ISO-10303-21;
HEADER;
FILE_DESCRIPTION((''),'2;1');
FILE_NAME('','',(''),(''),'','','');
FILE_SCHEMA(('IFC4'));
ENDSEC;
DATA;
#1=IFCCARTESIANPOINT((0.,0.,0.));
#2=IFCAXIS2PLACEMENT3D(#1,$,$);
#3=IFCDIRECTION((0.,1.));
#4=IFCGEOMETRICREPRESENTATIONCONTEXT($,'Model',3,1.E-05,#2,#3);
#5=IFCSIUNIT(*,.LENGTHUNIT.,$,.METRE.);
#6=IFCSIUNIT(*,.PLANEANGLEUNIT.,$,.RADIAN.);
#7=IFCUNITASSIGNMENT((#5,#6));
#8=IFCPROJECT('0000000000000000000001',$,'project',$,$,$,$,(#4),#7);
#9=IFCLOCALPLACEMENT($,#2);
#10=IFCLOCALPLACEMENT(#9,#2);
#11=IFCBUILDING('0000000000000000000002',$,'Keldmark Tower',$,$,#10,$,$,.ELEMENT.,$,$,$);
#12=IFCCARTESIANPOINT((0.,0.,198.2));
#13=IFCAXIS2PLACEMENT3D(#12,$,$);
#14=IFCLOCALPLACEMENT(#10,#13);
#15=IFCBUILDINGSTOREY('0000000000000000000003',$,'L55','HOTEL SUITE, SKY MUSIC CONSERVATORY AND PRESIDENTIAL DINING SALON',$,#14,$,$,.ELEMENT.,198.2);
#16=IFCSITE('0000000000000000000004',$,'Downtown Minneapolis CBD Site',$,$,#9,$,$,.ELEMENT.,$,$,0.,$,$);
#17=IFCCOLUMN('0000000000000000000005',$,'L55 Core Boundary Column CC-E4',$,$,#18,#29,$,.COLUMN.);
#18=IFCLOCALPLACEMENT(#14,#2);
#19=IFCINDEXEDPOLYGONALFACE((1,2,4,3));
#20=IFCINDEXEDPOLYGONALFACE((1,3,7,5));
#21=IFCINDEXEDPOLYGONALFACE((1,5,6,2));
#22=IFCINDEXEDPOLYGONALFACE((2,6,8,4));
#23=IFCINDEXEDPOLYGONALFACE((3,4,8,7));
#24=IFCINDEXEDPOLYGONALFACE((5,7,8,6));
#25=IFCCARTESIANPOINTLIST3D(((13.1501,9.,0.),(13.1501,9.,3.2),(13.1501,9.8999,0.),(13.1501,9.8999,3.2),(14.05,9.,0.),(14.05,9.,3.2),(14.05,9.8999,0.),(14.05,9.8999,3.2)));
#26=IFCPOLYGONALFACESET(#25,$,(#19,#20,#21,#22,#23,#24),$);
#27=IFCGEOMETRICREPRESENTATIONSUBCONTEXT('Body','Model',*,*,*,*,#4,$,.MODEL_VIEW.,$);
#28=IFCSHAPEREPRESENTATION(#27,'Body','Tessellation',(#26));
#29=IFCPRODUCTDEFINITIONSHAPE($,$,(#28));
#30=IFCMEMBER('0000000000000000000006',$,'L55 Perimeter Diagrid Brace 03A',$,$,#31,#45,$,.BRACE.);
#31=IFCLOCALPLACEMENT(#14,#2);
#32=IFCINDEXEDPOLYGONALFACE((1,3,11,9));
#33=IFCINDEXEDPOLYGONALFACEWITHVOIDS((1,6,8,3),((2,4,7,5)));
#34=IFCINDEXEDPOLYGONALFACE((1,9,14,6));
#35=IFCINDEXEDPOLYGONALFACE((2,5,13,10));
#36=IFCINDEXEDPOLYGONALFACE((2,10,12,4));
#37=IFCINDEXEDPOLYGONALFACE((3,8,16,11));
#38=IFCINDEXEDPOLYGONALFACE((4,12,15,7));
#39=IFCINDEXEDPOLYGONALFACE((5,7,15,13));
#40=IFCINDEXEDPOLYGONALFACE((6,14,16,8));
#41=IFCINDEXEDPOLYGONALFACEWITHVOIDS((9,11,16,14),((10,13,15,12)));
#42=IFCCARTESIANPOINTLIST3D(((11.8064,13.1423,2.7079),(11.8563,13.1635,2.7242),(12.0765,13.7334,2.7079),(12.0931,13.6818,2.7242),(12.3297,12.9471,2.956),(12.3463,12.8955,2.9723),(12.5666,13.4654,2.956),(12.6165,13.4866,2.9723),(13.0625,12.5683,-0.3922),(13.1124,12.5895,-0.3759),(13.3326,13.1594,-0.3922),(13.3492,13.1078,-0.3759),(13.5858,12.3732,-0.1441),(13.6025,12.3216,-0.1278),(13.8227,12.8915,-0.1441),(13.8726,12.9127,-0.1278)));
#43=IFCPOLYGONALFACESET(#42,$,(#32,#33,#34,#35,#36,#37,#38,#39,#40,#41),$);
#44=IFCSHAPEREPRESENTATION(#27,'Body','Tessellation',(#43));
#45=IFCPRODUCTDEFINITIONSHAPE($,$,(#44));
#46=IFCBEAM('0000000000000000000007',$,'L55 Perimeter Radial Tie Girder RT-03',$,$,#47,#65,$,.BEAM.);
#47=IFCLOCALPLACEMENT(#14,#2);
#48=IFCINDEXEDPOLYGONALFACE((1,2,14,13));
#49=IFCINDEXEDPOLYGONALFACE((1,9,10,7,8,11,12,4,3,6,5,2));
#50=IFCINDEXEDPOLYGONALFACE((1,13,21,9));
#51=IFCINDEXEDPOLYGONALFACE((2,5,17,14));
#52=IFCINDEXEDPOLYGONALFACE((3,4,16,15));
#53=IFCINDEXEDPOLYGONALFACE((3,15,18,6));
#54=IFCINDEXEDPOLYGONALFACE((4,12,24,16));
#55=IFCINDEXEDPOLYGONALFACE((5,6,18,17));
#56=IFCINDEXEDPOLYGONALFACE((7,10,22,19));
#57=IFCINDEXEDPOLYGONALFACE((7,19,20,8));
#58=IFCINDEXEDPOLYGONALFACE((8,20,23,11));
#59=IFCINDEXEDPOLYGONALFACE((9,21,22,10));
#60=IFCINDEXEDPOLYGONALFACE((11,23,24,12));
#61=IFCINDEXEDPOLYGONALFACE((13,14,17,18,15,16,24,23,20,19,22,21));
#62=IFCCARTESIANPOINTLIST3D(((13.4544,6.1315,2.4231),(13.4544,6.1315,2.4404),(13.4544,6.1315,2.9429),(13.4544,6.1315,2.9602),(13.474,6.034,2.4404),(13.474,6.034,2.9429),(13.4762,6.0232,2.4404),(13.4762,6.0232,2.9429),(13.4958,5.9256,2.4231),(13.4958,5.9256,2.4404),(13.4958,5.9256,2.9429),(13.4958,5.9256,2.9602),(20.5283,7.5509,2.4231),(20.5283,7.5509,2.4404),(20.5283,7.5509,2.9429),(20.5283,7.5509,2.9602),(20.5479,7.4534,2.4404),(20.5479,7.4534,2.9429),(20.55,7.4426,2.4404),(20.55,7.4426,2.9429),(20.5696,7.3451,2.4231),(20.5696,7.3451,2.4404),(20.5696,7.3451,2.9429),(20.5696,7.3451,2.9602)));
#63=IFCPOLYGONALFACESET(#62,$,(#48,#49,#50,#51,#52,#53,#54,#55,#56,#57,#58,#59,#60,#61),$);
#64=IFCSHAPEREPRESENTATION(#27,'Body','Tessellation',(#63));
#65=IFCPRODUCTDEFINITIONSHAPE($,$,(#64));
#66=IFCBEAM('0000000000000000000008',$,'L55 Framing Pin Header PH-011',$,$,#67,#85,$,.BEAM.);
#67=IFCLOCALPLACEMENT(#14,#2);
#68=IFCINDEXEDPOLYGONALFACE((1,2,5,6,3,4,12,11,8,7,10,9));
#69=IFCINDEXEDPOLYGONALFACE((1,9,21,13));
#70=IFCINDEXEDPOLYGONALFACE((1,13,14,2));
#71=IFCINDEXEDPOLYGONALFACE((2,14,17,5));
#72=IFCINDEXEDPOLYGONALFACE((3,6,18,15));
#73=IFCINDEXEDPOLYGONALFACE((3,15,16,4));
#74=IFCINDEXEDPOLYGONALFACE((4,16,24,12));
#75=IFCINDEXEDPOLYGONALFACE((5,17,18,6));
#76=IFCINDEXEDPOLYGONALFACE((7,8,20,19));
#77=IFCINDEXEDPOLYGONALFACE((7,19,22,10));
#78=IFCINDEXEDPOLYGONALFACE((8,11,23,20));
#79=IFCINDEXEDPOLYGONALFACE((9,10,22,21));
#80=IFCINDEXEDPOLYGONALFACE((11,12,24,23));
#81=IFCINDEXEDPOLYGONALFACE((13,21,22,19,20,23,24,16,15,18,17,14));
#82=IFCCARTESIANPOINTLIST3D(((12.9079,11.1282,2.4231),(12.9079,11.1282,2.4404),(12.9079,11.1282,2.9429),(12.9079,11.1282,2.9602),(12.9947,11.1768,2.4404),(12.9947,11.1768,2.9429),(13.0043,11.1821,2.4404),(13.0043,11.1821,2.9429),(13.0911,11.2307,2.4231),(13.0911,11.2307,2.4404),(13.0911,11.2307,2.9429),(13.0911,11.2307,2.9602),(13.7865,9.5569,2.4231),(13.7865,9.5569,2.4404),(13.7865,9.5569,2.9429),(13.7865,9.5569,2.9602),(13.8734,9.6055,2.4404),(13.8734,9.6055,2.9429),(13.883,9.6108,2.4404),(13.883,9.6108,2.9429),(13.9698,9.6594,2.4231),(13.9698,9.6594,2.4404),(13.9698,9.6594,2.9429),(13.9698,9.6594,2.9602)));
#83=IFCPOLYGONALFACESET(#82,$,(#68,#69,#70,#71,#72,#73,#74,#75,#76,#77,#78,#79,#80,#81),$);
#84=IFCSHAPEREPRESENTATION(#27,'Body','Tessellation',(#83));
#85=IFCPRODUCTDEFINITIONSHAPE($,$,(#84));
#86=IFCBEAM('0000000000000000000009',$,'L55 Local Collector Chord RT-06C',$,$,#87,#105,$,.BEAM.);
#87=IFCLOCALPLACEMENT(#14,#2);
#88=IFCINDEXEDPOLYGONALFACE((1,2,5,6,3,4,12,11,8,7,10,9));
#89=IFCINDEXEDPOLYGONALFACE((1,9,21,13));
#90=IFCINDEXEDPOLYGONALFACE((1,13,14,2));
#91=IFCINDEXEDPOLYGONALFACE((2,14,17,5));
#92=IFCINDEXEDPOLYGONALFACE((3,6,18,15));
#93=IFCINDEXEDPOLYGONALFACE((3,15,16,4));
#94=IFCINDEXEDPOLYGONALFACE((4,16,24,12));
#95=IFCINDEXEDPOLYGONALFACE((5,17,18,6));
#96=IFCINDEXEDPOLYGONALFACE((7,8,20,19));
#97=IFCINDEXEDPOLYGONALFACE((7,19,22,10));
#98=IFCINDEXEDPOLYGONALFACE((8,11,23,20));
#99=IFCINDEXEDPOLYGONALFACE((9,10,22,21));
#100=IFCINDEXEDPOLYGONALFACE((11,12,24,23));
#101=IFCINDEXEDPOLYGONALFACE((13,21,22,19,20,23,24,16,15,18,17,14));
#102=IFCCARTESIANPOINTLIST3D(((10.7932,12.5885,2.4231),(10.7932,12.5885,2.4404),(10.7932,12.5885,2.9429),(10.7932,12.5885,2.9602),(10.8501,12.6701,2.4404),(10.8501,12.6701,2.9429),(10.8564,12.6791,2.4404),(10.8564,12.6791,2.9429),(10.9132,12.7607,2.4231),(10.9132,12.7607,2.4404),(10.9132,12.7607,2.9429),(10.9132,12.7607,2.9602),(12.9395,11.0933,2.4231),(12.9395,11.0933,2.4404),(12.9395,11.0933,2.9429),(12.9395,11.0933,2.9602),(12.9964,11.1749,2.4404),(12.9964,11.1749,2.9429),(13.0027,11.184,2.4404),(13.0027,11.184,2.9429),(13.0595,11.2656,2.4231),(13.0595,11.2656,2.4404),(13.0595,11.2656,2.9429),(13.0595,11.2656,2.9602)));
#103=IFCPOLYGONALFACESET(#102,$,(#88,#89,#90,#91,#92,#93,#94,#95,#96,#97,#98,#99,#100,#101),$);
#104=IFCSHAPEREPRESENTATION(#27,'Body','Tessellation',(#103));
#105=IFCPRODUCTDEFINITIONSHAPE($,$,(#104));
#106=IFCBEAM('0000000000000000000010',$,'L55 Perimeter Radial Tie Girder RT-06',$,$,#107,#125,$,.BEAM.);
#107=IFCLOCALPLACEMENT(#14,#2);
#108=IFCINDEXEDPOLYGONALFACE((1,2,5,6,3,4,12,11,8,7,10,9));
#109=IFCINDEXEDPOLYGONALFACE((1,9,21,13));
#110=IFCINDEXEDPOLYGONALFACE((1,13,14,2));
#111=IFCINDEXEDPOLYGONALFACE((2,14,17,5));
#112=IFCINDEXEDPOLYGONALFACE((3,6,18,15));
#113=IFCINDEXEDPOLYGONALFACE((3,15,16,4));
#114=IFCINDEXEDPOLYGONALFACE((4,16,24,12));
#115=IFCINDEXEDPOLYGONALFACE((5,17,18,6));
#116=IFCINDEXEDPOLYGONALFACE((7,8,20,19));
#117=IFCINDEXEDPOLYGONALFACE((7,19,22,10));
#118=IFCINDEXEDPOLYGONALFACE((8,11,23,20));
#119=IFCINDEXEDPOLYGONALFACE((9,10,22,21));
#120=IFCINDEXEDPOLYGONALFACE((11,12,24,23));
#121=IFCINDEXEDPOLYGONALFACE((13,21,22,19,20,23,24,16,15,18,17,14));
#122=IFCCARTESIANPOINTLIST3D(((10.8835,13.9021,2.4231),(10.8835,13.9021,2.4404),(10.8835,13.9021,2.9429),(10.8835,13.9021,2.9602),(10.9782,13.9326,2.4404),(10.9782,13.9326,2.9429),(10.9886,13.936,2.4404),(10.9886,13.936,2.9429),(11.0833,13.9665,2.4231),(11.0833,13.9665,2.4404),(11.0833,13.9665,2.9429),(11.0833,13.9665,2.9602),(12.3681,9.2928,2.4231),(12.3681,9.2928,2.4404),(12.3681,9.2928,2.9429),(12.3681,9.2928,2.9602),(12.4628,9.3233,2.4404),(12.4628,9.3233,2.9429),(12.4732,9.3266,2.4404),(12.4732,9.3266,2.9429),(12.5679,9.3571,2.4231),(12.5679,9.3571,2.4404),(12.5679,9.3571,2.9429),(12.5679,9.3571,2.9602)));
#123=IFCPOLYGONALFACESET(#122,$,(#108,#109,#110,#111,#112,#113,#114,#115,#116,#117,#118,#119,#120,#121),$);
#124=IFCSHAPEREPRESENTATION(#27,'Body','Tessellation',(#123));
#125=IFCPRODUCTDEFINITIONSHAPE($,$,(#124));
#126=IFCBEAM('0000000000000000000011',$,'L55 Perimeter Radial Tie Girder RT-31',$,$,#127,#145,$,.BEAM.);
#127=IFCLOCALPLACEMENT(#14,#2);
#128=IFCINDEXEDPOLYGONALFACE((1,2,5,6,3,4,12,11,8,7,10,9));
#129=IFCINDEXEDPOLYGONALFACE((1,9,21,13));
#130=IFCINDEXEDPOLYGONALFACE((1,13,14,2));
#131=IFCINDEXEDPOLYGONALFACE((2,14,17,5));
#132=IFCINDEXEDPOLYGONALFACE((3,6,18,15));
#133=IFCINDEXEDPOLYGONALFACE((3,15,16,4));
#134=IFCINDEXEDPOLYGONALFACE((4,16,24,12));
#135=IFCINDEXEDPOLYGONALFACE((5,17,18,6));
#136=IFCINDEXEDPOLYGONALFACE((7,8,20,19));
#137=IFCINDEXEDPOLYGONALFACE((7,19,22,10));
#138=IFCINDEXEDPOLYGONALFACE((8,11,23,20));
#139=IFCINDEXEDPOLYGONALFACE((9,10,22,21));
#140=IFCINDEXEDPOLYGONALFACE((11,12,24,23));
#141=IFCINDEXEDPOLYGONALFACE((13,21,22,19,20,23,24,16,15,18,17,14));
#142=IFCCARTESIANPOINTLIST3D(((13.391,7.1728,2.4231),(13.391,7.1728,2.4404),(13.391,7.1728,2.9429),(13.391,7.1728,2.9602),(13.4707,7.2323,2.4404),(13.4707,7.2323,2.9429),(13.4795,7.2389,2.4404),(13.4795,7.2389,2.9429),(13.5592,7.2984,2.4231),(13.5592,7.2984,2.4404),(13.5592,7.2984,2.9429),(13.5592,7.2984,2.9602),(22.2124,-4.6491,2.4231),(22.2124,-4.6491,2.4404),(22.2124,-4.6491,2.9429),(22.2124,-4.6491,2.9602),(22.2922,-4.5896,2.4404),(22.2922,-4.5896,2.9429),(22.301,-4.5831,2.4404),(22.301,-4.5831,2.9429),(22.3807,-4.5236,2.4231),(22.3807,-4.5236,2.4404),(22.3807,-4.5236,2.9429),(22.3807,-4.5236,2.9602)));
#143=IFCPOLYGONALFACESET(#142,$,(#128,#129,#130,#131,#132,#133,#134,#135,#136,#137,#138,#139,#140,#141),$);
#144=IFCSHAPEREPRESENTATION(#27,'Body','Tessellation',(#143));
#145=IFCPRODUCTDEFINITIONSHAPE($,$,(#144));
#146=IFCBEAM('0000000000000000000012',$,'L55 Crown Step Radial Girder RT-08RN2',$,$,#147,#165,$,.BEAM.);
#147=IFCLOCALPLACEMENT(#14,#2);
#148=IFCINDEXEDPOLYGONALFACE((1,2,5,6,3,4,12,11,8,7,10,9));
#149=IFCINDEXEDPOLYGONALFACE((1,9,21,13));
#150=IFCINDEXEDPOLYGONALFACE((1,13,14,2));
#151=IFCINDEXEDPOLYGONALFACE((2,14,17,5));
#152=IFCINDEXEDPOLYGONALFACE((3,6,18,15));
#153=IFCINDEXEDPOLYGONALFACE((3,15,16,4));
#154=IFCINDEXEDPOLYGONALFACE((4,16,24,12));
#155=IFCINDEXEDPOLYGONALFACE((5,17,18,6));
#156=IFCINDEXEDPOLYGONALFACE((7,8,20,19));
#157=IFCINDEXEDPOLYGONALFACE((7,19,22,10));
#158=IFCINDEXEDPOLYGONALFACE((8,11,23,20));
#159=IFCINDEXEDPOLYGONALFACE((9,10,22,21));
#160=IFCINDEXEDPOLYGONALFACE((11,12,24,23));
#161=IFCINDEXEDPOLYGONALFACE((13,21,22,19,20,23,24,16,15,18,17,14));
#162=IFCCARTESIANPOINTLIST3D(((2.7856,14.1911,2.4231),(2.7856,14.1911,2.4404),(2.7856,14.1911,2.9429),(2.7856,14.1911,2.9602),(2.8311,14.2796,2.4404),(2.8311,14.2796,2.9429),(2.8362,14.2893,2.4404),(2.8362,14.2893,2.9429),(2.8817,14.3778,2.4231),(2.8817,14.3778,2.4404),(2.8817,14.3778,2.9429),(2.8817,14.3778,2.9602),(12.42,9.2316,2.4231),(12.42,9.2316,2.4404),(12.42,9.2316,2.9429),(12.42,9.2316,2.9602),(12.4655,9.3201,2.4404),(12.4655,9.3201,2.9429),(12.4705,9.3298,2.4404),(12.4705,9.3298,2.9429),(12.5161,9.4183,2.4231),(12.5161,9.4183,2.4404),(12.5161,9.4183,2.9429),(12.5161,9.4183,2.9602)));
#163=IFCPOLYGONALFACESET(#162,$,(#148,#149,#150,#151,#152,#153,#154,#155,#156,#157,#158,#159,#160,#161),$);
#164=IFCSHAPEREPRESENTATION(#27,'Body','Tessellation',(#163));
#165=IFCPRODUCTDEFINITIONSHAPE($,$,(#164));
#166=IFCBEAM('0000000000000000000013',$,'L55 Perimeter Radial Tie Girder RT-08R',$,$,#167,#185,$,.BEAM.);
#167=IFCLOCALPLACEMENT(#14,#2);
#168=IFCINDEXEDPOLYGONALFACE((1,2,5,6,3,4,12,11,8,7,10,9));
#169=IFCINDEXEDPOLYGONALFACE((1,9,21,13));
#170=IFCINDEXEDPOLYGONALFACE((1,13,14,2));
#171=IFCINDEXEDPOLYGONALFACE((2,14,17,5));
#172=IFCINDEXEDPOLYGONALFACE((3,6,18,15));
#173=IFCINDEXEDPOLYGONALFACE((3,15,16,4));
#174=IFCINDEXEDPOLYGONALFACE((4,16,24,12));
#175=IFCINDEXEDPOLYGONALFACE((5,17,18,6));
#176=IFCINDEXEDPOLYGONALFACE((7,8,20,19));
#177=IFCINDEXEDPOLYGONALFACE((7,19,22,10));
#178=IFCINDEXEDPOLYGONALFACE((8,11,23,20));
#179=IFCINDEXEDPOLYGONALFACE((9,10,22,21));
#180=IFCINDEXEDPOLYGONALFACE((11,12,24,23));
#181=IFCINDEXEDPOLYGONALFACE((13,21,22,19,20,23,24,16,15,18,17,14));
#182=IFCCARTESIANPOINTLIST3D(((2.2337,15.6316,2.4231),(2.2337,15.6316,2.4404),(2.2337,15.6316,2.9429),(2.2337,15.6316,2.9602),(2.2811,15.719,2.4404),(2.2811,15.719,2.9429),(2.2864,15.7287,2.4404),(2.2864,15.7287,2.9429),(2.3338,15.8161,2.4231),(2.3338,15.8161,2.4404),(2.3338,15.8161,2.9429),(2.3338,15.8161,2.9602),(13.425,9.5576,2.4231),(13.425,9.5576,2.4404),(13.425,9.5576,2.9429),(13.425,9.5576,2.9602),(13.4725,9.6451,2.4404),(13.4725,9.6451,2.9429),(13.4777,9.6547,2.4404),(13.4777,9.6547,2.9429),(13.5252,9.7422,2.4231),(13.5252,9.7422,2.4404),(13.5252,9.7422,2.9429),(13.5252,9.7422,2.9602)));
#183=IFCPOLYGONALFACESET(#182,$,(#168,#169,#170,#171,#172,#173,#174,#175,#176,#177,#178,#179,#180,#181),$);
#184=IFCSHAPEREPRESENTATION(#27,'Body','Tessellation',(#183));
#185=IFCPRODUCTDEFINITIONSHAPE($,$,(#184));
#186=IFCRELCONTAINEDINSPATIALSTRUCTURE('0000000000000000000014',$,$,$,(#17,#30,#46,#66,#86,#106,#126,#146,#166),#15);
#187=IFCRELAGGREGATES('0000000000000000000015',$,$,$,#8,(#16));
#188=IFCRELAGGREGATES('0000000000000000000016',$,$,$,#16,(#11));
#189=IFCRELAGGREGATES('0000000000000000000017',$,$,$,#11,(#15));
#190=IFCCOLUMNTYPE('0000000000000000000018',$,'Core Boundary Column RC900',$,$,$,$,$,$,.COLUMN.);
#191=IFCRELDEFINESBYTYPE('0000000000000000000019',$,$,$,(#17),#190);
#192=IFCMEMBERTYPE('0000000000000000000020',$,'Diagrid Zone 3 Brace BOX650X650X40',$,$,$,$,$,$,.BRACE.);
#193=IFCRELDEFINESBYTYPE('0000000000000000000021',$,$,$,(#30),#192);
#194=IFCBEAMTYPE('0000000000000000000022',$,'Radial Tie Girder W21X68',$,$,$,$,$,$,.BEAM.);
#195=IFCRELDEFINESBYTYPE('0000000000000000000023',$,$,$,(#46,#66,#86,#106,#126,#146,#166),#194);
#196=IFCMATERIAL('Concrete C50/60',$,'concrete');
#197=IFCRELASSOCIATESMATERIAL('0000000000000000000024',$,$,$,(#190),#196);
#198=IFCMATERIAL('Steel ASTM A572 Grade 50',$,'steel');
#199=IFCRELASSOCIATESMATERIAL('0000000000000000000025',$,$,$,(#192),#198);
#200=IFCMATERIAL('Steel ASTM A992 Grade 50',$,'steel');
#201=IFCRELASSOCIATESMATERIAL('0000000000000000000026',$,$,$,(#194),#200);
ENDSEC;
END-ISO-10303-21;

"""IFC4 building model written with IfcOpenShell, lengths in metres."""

from ifc_helpers import new_model, si_unit, direction, frame, origin, origin_2d, place, context, subcontext, project, spatial, rectangle, hollow_rectangle, i_section, extrude, material, material_profile, profile_set, type_object, element, save


model = new_model("IFC4")

# Units and contexts
model_context = context("Model", 3, precision=1e-05, world=origin(), true_north=direction((0.0, 1.0)))
body_context = subcontext(model_context, "Body", "Model", "MODEL_VIEW")
ifc_project = project(units=[si_unit("LENGTHUNIT", "METRE"), si_unit("PLANEANGLEUNIT", "RADIAN")], contexts=[model_context])

# Site, building, storey
site_placement = place(None, origin())
site = spatial("IfcSite", under=ifc_project, at=site_placement, Name="Downtown Minneapolis CBD Site", CompositionType="ELEMENT", RefElevation=0.0)
building_placement = place(site_placement, origin())
building = spatial("IfcBuilding", under=site, at=building_placement, Name="Keldmark Tower", CompositionType="ELEMENT")
storey_placement = place(building_placement, frame((0.0, 0.0, 198.2)))
storey = spatial("IfcBuildingStorey", under=building, at=storey_placement, Name="L55", Description="HOTEL SUITE, SKY MUSIC CONSERVATORY AND PRESIDENTIAL DINING SALON", CompositionType="ELEMENT", Elevation=198.2)

# Column
ifc_material_1 = material(Name="Concrete C50/60", Category="concrete")
ifc_material_profile_1 = material_profile(ifc_material_1, rectangle(XDim=0.8999, YDim=0.8999, at=origin_2d()), Name="RC900X900")
ifc_profile_set_1 = profile_set([ifc_material_profile_1], Name="Concrete C50/60")
column_type = type_object("IfcColumnType", Name="Core Boundary Column RC900", PredefinedType="COLUMN", material=ifc_profile_set_1)
column_placement = place(storey_placement, frame((13.6001, 9.45, 0.0), z_axis=(0.0, 0.0, 1.0), x_axis=(1.0, 0.0, 0.0)))
element("IfcColumn", 1, at=column_placement, inside=storey, type_object=column_type, Name="L55 Core Boundary Column CC-E4", PredefinedType="COLUMN", context=body_context, shape_type="SweptSolid", body=[
    extrude(rectangle(XDim=0.8999, YDim=0.8999, at=origin_2d()), origin(), (0.0, 0.0, 1.0), 3.2),
])

# Member
ifc_material_2 = material(Name="Steel ASTM A572 Grade 50", Category="steel")
ifc_material_profile_2 = material_profile(ifc_material_2, hollow_rectangle(XDim=0.6499, YDim=0.6499, WallThickness=0.04, at=origin_2d()), Name="BOX650X650X40")
ifc_profile_set_2 = profile_set([ifc_material_profile_2], Name="Steel ASTM A572 Grade 50")
member_type = type_object("IfcMemberType", Name="Diagrid Zone 3 Brace BOX650X650X40", PredefinedType="BRACE", material=ifc_profile_set_2)
member_placement = place(storey_placement, frame((13.4675, 12.7405, -0.26), z_axis=(-0.370118, 0.169125, 0.91346), x_axis=(-0.415614, -0.909541, 0.0)))
element("IfcMember", 2, at=member_placement, inside=storey, type_object=member_type, Name="L55 Perimeter Diagrid Brace 03A", PredefinedType="BRACE", context=body_context, shape_type="SweptSolid", body=[
    extrude(hollow_rectangle(XDim=0.6499, YDim=0.6499, WallThickness=0.04, at=origin_2d()), origin(), (0.0, 0.0, 1.0), 3.3938),
])

# Beams
ifc_material_3 = material(Name="Steel ASTM A992 Grade 50", Category="steel")
ifc_material_profile_3 = material_profile(ifc_material_3, i_section(OverallWidth=0.21, OverallDepth=0.5371, WebThickness=0.011, FlangeThickness=0.0173, at=origin_2d()), Name="W21X68")
ifc_profile_set_3 = profile_set([ifc_material_profile_3], Name="Steel ASTM A992 Grade 50")
beam_type_1 = type_object("IfcBeamType", Name="Radial Tie Girder W21X68", PredefinedType="BEAM", material=ifc_profile_set_3)
beam_1_placement = place(storey_placement, frame((13.4751, 6.0286, 2.6917), z_axis=(0.980456, 0.196741, 0.0), x_axis=(-0.196741, 0.980456, 0.0)))
element("IfcBeam", 3, at=beam_1_placement, inside=storey, type_object=beam_type_1, Name="L55 Perimeter Radial Tie Girder RT-03", PredefinedType="BEAM", context=body_context, shape_type="SweptSolid", body=[
    extrude(i_section(OverallWidth=0.21, OverallDepth=0.5371, WebThickness=0.011, FlangeThickness=0.0173, at=origin_2d()), origin(), (0.0, 0.0, 1.0), 7.2148),
])
beam_2_placement = place(storey_placement, frame((13.8782, 9.6082, 2.6917), z_axis=(-0.488071, 0.872804, 0.0), x_axis=(-0.872804, -0.488071, 0.0)))
element("IfcBeam", 4, at=beam_2_placement, inside=storey, type_object=beam_type_1, Name="L55 Framing Pin Header PH-011", PredefinedType="BEAM", context=body_context, shape_type="SweptSolid", body=[
    extrude(i_section(OverallWidth=0.21, OverallDepth=0.5371, WebThickness=0.011, FlangeThickness=0.0173, at=origin_2d()), origin(), (0.0, 0.0, 1.0), 1.8003),
])
beam_3_placement = place(storey_placement, frame((12.9995, 11.1794, 2.6917), z_axis=(-0.820532, 0.5716, 0.0), x_axis=(-0.5716, -0.820532, 0.0)))
element("IfcBeam", 5, at=beam_3_placement, inside=storey, type_object=beam_type_1, Name="L55 Local Collector Chord RT-06C", PredefinedType="BEAM", context=body_context, shape_type="SweptSolid", body=[
    extrude(i_section(OverallWidth=0.21, OverallDepth=0.5371, WebThickness=0.011, FlangeThickness=0.0173, at=origin_2d()), origin(), (0.0, 0.0, 1.0), 2.6157),
])
beam_4_placement = place(storey_placement, frame((12.468, 9.325, 2.6917), z_axis=(-0.306577, 0.951846, 0.0), x_axis=(-0.951846, -0.306577, 0.0)))
element("IfcBeam", 6, at=beam_4_placement, inside=storey, type_object=beam_type_1, Name="L55 Perimeter Radial Tie Girder RT-06", PredefinedType="BEAM", context=body_context, shape_type="SweptSolid", body=[
    extrude(i_section(OverallWidth=0.21, OverallDepth=0.5371, WebThickness=0.011, FlangeThickness=0.0173, at=origin_2d()), origin(), (0.0, 0.0, 1.0), 4.8425),
])
beam_5_placement = place(storey_placement, frame((13.4751, 7.2356, 2.6917), z_axis=(0.598046, -0.801461, 0.0), x_axis=(0.801461, 0.598046, 0.0)))
element("IfcBeam", 7, at=beam_5_placement, inside=storey, type_object=beam_type_1, Name="L55 Perimeter Radial Tie Girder RT-31", PredefinedType="BEAM", context=body_context, shape_type="SweptSolid", body=[
    extrude(i_section(OverallWidth=0.21, OverallDepth=0.5371, WebThickness=0.011, FlangeThickness=0.0173, at=origin_2d()), origin(), (0.0, 0.0, 1.0), 14.7505),
])
beam_6_placement = place(storey_placement, frame((12.468, 9.325, 2.6917), z_axis=(-0.889111, 0.457691, 0.0), x_axis=(-0.457691, -0.889111, 0.0)))
element("IfcBeam", 8, at=beam_6_placement, inside=storey, type_object=beam_type_1, Name="L55 Crown Step Radial Girder RT-08RN2", PredefinedType="BEAM", context=body_context, shape_type="SweptSolid", body=[
    extrude(i_section(OverallWidth=0.21, OverallDepth=0.5371, WebThickness=0.011, FlangeThickness=0.0173, at=origin_2d()), origin(), (0.0, 0.0, 1.0), 10.8359),
])
beam_7_placement = place(storey_placement, frame((13.4751, 9.6499, 2.6917), z_axis=(-0.878898, 0.477009, 0.0), x_axis=(-0.477009, -0.878898, 0.0)))
element("IfcBeam", 9, at=beam_7_placement, inside=storey, type_object=beam_type_1, Name="L55 Perimeter Radial Tie Girder RT-08R", PredefinedType="BEAM", context=body_context, shape_type="SweptSolid", body=[
    extrude(i_section(OverallWidth=0.21, OverallDepth=0.5371, WebThickness=0.011, FlangeThickness=0.0173, at=origin_2d()), origin(), (0.0, 0.0, 1.0), 12.7334),
])

save(model, "model.ifc")
